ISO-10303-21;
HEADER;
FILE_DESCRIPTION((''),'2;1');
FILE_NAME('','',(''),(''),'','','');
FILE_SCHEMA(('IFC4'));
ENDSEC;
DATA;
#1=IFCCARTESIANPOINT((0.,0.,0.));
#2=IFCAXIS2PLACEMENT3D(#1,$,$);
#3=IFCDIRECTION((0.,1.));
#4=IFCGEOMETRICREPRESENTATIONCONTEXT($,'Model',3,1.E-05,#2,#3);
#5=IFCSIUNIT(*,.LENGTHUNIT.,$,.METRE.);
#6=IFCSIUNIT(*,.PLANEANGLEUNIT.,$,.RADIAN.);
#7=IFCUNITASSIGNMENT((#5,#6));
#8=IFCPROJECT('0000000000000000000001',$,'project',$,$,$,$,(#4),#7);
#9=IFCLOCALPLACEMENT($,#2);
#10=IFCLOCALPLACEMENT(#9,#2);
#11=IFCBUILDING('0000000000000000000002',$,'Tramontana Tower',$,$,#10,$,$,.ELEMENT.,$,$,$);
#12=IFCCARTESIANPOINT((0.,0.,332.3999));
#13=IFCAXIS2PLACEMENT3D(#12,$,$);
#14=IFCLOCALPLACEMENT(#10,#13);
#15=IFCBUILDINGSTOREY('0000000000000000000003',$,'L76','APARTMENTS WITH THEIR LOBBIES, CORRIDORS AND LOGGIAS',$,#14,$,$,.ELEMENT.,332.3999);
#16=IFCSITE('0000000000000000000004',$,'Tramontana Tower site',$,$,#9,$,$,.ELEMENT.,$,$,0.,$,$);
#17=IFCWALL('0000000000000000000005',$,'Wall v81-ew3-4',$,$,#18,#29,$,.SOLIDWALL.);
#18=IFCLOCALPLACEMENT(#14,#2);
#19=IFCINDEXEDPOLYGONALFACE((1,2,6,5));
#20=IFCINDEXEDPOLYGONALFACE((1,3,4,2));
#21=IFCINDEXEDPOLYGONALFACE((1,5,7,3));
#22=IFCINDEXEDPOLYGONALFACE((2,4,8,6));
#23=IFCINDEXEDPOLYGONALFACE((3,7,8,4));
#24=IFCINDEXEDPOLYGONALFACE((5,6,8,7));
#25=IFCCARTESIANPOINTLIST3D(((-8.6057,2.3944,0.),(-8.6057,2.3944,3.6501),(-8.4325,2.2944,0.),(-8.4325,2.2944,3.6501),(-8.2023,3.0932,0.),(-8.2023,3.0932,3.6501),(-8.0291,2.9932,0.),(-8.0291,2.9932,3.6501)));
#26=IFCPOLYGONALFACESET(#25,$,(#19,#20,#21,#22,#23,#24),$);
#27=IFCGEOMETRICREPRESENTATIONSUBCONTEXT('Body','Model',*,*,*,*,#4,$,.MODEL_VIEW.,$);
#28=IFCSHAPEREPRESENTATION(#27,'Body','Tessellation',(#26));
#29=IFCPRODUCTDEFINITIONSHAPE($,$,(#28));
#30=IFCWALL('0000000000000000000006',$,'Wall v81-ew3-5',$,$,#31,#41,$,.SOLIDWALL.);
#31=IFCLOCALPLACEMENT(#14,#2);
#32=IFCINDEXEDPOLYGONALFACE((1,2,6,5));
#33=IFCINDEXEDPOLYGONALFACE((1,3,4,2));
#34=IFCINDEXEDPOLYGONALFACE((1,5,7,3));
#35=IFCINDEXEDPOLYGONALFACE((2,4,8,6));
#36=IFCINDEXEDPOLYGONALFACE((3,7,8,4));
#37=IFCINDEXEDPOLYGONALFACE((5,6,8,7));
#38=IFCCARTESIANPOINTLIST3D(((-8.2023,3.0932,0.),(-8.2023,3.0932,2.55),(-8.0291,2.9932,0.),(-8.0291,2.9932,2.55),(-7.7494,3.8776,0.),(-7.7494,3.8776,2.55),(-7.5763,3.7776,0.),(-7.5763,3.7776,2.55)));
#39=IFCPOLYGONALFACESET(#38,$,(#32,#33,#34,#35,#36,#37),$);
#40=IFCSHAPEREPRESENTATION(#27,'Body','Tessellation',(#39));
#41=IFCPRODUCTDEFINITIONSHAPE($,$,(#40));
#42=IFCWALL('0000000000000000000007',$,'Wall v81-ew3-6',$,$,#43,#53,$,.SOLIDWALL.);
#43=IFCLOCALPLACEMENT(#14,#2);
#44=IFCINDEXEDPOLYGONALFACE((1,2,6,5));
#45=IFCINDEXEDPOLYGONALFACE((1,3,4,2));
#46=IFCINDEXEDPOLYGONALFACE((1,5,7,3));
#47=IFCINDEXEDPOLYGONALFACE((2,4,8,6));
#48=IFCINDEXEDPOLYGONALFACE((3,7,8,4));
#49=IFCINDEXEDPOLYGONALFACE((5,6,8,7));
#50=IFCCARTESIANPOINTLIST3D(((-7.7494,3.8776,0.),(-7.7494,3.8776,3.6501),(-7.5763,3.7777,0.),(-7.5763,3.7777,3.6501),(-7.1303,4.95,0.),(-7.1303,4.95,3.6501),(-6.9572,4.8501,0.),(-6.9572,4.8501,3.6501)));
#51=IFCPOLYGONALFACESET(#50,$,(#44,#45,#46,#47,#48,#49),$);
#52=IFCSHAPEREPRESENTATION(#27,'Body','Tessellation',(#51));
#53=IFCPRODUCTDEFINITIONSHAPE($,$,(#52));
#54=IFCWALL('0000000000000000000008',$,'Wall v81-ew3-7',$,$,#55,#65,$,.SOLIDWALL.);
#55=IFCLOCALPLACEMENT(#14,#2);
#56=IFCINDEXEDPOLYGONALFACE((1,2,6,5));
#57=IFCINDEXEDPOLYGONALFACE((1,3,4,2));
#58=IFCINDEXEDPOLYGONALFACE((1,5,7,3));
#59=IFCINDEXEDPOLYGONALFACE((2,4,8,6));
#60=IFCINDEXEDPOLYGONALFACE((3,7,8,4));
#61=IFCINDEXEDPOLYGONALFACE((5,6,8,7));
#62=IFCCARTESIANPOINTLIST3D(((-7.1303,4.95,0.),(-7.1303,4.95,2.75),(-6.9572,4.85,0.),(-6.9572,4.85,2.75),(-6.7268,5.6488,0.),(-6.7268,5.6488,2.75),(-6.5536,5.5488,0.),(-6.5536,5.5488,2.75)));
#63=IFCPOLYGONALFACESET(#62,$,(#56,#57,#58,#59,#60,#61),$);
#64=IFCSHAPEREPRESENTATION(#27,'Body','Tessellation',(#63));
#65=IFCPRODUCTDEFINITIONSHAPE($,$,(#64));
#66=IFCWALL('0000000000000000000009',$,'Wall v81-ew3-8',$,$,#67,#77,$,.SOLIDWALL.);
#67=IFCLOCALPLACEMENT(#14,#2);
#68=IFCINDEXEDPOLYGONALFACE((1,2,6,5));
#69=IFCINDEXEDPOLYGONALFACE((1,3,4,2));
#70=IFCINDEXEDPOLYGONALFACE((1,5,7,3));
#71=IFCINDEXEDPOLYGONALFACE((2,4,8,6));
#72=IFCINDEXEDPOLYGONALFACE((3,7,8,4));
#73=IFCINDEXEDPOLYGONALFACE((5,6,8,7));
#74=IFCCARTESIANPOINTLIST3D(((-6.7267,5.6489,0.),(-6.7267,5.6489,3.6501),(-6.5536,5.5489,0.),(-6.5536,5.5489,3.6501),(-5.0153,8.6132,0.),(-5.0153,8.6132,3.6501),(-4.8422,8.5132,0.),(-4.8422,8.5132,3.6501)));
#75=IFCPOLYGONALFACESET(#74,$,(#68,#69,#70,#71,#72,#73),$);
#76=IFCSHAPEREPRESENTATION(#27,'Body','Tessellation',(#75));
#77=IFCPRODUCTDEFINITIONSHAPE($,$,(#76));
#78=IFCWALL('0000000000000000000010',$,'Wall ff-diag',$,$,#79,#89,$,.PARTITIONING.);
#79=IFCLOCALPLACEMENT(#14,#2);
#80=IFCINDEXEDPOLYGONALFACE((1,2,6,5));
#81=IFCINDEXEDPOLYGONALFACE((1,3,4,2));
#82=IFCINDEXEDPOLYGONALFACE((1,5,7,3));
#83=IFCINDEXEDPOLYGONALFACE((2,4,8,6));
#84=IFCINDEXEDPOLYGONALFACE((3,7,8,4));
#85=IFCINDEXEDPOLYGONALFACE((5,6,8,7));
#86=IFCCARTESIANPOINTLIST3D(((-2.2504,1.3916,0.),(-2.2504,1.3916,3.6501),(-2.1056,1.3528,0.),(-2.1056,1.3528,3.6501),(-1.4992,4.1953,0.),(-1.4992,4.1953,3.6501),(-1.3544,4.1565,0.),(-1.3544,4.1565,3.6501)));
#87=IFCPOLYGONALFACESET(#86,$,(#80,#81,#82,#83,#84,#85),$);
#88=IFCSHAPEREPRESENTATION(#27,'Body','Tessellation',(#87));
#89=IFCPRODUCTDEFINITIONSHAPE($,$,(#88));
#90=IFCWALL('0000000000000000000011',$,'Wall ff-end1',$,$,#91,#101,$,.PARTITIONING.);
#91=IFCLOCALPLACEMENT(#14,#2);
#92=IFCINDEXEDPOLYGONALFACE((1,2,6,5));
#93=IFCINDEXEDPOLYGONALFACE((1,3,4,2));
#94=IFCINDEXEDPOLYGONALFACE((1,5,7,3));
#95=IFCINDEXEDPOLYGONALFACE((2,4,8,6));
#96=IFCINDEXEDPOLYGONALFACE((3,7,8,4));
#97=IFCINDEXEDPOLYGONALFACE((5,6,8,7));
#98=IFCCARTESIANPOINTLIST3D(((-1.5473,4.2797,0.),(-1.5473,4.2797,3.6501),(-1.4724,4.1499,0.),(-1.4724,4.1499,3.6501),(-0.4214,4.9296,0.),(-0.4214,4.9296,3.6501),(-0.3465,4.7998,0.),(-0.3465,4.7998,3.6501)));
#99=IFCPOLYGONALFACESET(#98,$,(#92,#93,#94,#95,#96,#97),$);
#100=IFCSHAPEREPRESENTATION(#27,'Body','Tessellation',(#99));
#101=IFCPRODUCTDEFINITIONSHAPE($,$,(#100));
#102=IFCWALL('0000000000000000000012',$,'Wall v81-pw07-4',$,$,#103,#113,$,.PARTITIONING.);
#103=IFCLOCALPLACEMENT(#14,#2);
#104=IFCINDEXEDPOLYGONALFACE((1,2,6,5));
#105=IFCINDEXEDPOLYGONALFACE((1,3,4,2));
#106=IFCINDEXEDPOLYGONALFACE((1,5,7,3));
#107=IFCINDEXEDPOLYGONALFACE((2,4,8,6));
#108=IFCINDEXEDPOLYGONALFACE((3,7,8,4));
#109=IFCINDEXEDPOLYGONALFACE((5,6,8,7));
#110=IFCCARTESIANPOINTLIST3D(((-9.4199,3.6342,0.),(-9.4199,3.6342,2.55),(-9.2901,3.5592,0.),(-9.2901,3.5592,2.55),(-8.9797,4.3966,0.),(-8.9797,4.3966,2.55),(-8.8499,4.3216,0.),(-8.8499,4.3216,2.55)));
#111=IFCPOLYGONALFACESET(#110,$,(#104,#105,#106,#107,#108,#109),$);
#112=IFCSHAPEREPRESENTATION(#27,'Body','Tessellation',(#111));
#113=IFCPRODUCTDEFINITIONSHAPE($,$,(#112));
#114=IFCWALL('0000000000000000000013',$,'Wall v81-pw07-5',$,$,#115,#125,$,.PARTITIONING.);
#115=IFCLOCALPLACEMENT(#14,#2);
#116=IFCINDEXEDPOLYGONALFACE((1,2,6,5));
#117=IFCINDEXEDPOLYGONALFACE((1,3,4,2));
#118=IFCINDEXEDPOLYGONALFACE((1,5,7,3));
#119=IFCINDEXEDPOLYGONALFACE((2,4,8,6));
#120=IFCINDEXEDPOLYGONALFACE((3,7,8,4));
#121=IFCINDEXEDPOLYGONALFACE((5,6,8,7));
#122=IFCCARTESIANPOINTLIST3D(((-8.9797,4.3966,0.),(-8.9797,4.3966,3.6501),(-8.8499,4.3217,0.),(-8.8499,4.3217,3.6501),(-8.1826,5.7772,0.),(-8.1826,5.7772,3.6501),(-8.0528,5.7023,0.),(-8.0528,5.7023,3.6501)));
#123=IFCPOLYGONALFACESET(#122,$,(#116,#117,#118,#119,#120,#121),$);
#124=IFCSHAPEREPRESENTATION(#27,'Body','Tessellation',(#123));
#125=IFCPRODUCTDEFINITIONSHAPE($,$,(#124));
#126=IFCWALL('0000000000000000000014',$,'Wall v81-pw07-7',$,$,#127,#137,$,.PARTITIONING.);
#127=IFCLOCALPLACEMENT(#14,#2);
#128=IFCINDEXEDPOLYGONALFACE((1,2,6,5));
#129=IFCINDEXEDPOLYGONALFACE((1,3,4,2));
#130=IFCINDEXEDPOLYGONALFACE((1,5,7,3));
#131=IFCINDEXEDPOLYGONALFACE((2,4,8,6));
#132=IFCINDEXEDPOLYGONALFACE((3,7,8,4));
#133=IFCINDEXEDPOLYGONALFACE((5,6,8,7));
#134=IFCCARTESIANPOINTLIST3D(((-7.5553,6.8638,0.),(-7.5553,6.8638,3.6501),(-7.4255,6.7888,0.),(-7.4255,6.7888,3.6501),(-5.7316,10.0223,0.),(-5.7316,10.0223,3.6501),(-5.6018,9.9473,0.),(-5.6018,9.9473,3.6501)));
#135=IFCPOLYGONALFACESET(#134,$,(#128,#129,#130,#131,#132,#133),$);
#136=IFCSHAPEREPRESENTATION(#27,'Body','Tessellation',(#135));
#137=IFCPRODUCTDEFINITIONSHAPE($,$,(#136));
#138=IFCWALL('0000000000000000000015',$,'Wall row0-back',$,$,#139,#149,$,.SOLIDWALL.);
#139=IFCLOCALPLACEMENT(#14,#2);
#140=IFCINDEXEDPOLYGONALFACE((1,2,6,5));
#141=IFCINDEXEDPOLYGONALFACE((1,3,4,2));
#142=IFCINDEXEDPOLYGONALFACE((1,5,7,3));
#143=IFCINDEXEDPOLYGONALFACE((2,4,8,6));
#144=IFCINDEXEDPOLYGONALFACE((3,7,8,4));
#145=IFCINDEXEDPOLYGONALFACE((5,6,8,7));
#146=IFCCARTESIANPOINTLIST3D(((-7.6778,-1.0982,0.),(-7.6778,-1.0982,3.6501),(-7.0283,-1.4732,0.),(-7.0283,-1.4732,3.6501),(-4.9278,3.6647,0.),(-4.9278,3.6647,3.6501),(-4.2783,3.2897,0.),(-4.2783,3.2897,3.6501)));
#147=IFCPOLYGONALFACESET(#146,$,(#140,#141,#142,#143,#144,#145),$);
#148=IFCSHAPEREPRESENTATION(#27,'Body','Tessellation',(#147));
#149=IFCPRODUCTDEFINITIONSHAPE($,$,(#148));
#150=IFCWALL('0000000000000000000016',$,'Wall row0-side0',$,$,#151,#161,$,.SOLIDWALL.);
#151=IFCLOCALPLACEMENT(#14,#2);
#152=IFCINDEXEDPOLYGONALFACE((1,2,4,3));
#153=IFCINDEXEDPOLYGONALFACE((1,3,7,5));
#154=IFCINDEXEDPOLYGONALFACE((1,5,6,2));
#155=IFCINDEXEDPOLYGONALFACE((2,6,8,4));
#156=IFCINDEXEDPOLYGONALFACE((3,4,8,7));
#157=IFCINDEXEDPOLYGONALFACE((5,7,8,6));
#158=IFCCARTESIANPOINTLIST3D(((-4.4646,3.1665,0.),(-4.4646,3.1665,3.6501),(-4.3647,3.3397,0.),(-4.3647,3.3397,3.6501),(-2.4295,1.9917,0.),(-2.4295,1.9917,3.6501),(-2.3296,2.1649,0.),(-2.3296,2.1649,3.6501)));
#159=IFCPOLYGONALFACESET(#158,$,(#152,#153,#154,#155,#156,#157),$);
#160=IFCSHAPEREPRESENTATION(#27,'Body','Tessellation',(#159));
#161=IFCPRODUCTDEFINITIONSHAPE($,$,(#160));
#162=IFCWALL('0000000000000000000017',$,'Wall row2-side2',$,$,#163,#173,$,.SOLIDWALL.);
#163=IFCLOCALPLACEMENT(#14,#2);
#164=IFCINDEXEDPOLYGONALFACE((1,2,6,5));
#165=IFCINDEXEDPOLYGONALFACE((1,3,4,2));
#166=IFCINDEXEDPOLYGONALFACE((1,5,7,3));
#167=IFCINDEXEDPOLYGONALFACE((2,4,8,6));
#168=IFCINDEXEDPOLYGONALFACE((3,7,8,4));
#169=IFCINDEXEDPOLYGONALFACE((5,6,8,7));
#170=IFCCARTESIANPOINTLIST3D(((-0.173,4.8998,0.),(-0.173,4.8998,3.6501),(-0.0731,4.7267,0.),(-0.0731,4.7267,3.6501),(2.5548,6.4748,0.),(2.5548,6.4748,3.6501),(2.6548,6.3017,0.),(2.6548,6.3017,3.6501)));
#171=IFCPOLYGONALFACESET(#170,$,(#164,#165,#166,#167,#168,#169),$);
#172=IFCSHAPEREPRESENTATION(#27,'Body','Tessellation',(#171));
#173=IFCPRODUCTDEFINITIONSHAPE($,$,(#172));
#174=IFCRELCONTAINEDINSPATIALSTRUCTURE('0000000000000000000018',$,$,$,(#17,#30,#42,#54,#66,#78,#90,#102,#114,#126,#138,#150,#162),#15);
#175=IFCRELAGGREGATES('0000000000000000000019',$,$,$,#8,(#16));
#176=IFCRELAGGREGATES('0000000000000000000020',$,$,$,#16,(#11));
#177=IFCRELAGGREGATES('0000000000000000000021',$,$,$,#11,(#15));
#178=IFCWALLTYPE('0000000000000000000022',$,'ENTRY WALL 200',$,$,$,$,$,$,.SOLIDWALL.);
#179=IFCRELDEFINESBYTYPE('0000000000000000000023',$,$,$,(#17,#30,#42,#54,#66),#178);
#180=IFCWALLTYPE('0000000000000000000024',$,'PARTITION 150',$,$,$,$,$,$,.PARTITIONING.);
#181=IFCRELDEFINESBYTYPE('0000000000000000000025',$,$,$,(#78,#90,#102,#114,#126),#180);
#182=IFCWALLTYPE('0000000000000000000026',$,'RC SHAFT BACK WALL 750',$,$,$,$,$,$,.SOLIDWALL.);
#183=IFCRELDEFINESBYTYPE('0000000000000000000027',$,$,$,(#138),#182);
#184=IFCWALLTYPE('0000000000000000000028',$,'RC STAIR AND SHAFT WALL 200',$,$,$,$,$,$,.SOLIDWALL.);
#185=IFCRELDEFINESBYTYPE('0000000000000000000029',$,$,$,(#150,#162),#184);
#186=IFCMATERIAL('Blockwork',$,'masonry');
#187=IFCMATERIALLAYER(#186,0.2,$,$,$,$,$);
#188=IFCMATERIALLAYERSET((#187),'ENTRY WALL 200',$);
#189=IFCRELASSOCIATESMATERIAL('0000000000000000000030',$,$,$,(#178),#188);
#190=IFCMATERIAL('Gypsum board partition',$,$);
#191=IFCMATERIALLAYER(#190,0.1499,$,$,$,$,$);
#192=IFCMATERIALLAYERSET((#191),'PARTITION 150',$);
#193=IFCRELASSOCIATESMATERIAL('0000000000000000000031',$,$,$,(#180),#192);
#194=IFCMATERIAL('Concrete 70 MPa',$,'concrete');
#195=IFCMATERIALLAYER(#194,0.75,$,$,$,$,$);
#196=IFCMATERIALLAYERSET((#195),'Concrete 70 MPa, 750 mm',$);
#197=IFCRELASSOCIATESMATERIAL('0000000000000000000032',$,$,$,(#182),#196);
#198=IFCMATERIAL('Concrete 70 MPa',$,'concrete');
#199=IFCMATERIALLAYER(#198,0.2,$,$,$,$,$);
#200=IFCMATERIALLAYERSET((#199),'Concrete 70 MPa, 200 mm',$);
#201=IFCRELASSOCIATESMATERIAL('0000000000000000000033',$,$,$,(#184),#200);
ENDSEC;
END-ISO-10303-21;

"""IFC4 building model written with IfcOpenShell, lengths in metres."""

from ifc_helpers import new_model, si_unit, direction, frame, frame_2d, origin, place, context, subcontext, project, spatial, rectangle, extrude, material, layer, layer_set, type_object, element, save


model = new_model("IFC4")

# Units and contexts
model_context = context("Model", 3, precision=1e-05, world=origin(), true_north=direction((0.0, 1.0)))
body_context = subcontext(model_context, "Body", "Model", "MODEL_VIEW")
ifc_project = project(units=[si_unit("LENGTHUNIT", "METRE"), si_unit("PLANEANGLEUNIT", "RADIAN")], contexts=[model_context])

# Site, building, storey
site_placement = place(None, origin())
site = spatial("IfcSite", under=ifc_project, at=site_placement, Name="Tramontana Tower site", CompositionType="ELEMENT", RefElevation=0.0)
building_placement = place(site_placement, origin())
building = spatial("IfcBuilding", under=site, at=building_placement, Name="Tramontana Tower", CompositionType="ELEMENT")
storey_placement = place(building_placement, frame((0.0, 0.0, 332.3999)))
storey = spatial("IfcBuildingStorey", under=building, at=storey_placement, Name="L76", Description="APARTMENTS WITH THEIR LOBBIES, CORRIDORS AND LOGGIAS", CompositionType="ELEMENT", Elevation=332.3999)

# Shared definitions
ifc_material_1 = material(Name="Blockwork", Category="masonry")
ifc_layer_1 = layer(ifc_material_1, 0.2)
ifc_layer_set_1 = layer_set([ifc_layer_1], Name="ENTRY WALL 200")
wall_type_1 = type_object("IfcWallType", Name="ENTRY WALL 200", PredefinedType="SOLIDWALL", material=ifc_layer_set_1)

# Walls
wall_1_placement = place(storey_placement, frame((-8.519, 2.3445, 0.0), z_axis=(0.0, 0.0, 1.0), x_axis=(0.499915, 0.866075, 0.0)))
element("IfcWall", 1, at=wall_1_placement, inside=storey, type_object=wall_type_1, Name="Wall v81-ew3-4", PredefinedType="SOLIDWALL", context=body_context, shape_type="SweptSolid", body=[
    extrude(rectangle(XDim=0.8069, YDim=0.2, at=frame_2d((0.4033, 0.0))), origin(), (0.0, 0.0, 1.0), 3.6501),
])
wall_2_placement = place(storey_placement, frame((-8.1157, 3.0432, 0.0), z_axis=(0.0, 0.0, 1.0), x_axis=(0.499995, 0.866028, 0.0)))
element("IfcWall", 2, at=wall_2_placement, inside=storey, type_object=wall_type_1, Name="Wall v81-ew3-5", PredefinedType="SOLIDWALL", context=body_context, shape_type="SweptSolid", body=[
    extrude(rectangle(XDim=0.9058, YDim=0.2, at=frame_2d((0.4529, 0.0))), origin(), (0.0, 0.0, 1.0), 2.55),
])
wall_3_placement = place(storey_placement, frame((-7.6628, 3.8276, 0.0), z_axis=(0.0, 0.0, 1.0), x_axis=(0.499956, 0.866051, 0.0)))
element("IfcWall", 3, at=wall_3_placement, inside=storey, type_object=wall_type_1, Name="Wall v81-ew3-6", PredefinedType="SOLIDWALL", context=body_context, shape_type="SweptSolid", body=[
    extrude(rectangle(XDim=1.2383, YDim=0.2, at=frame_2d((0.6191, 0.0))), origin(), (0.0, 0.0, 1.0), 3.6501),
])
wall_4_placement = place(storey_placement, frame((-7.0437, 4.9001, 0.0), z_axis=(0.0, 0.0, 1.0), x_axis=(0.500141, 0.865944, 0.0)))
element("IfcWall", 4, at=wall_4_placement, inside=storey, type_object=wall_type_1, Name="Wall v81-ew3-7", PredefinedType="SOLIDWALL", context=body_context, shape_type="SweptSolid", body=[
    extrude(rectangle(XDim=0.8069, YDim=0.2, at=frame_2d((0.4033, 0.0))), origin(), (0.0, 0.0, 1.0), 2.75),
])
wall_5_placement = place(storey_placement, frame((-6.6401, 5.5989, 0.0), z_axis=(0.0, 0.0, 1.0), x_axis=(0.49999, 0.866031, 0.0)))
element("IfcWall", 5, at=wall_5_placement, inside=storey, type_object=wall_type_1, Name="Wall v81-ew3-8", PredefinedType="SOLIDWALL", context=body_context, shape_type="SweptSolid", body=[
    extrude(rectangle(XDim=3.4229, YDim=0.2, at=frame_2d((1.7114, 0.0))), origin(), (0.0, 0.0, 1.0), 3.6501),
])
ifc_material_2 = material(Name="Gypsum board partition")
ifc_layer_2 = layer(ifc_material_2, 0.1499)
ifc_layer_set_2 = layer_set([ifc_layer_2], Name="PARTITION 150")
wall_type_2 = type_object("IfcWallType", Name="PARTITION 150", PredefinedType="PARTITIONING", material=ifc_layer_set_2)
wall_6_placement = place(storey_placement, frame((-2.178, 1.3723, 0.0), z_axis=(0.0, 0.0, 1.0), x_axis=(0.258809, 0.965929, 0.0)))
element("IfcWall", 6, at=wall_6_placement, inside=storey, type_object=wall_type_2, Name="Wall ff-diag", PredefinedType="PARTITIONING", context=body_context, shape_type="SweptSolid", body=[
    extrude(rectangle(XDim=2.9026, YDim=0.1499, at=frame_2d((1.4512, 0.0))), origin(), (0.0, 0.0, 1.0), 3.6501),
])
wall_7_placement = place(storey_placement, frame((-1.5098, 4.2148, 0.0), z_axis=(0.0, 0.0, 1.0), x_axis=(0.866086, 0.499896, 0.0)))
element("IfcWall", 7, at=wall_7_placement, inside=storey, type_object=wall_type_2, Name="Wall ff-end1", PredefinedType="PARTITIONING", context=body_context, shape_type="SweptSolid", body=[
    extrude(rectangle(XDim=1.3, YDim=0.1499, at=frame_2d((0.6499, 0.0))), origin(), (0.0, 0.0, 1.0), 3.6501),
])
wall_8_placement = place(storey_placement, frame((-9.355, 3.5967, 0.0), z_axis=(0.0, 0.0, 1.0), x_axis=(0.499987, 0.866033, 0.0)))
element("IfcWall", 8, at=wall_8_placement, inside=storey, type_object=wall_type_2, Name="Wall v81-pw07-4", PredefinedType="PARTITIONING", context=body_context, shape_type="SweptSolid", body=[
    extrude(rectangle(XDim=0.8804, YDim=0.1499, at=frame_2d((0.4402, 0.0))), origin(), (0.0, 0.0, 1.0), 2.55),
])
wall_9_placement = place(storey_placement, frame((-8.9148, 4.3591, 0.0), z_axis=(0.0, 0.0, 1.0), x_axis=(0.50001, 0.86602, 0.0)))
element("IfcWall", 9, at=wall_9_placement, inside=storey, type_object=wall_type_2, Name="Wall v81-pw07-5", PredefinedType="PARTITIONING", context=body_context, shape_type="SweptSolid", body=[
    extrude(rectangle(XDim=1.5942, YDim=0.1499, at=frame_2d((0.7971, 0.0))), origin(), (0.0, 0.0, 1.0), 3.6501),
])

# Walls
wall_10_placement = place(storey_placement, frame((-7.4905, 6.8262, 0.0), z_axis=(0.0, 0.0, 1.0), x_axis=(0.500041, 0.866002, 0.0)))
element("IfcWall", 10, at=wall_10_placement, inside=storey, type_object=wall_type_2, Name="Wall v81-pw07-7", PredefinedType="PARTITIONING", context=body_context, shape_type="SweptSolid", body=[
    extrude(rectangle(XDim=3.6472, YDim=0.1499, at=frame_2d((1.8237, 0.0))), origin(), (0.0, 0.0, 1.0), 3.6501),
])
ifc_material_3 = material(Name="Concrete 70 MPa", Category="concrete")
ifc_layer_3 = layer(ifc_material_3, 0.75)
ifc_layer_set_3 = layer_set([ifc_layer_3], Name="Concrete 70 MPa, 750 mm")
wall_type_3 = type_object("IfcWallType", Name="RC SHAFT BACK WALL 750", PredefinedType="SOLIDWALL", material=ifc_layer_set_3)
wall_11_placement = place(storey_placement, frame((-4.603, 3.4773, 0.0), z_axis=(0.0, 0.0, 1.0), x_axis=(-0.500016, -0.866016, 0.0)))
element("IfcWall", 11, at=wall_11_placement, inside=storey, type_object=wall_type_3, Name="Wall row0-back", PredefinedType="SOLIDWALL", context=body_context, shape_type="SweptSolid", body=[
    extrude(rectangle(XDim=5.4998, YDim=0.75, at=frame_2d((2.75, 0.0))), origin(), (0.0, 0.0, 1.0), 3.6501),
])

# Shared definitions
ifc_material_4 = material(Name="Concrete 70 MPa", Category="concrete")
ifc_layer_4 = layer(ifc_material_4, 0.2)
ifc_layer_set_4 = layer_set([ifc_layer_4], Name="Concrete 70 MPa, 200 mm")
wall_type_4 = type_object("IfcWallType", Name="RC STAIR AND SHAFT WALL 200", PredefinedType="SOLIDWALL", material=ifc_layer_set_4)

# Walls
wall_12_placement = place(storey_placement, frame((-2.3796, 2.0784, 0.0), z_axis=(0.0, 0.0, 1.0), x_axis=(-0.866061, 0.499938, 0.0)))
element("IfcWall", 12, at=wall_12_placement, inside=storey, type_object=wall_type_4, Name="Wall row0-side0", PredefinedType="SOLIDWALL", context=body_context, shape_type="SweptSolid", body=[
    extrude(rectangle(XDim=2.3499, YDim=0.2, at=frame_2d((1.1748, 0.0))), origin(), (0.0, 0.0, 1.0), 3.6501),
])
wall_13_placement = place(storey_placement, frame((-0.123, 4.8132, 0.0), z_axis=(0.0, 0.0, 1.0), x_axis=(0.866016, 0.500015, 0.0)))
element("IfcWall", 13, at=wall_13_placement, inside=storey, type_object=wall_type_4, Name="Wall row2-side2", PredefinedType="SOLIDWALL", context=body_context, shape_type="SweptSolid", body=[
    extrude(rectangle(XDim=3.1499, YDim=0.2, at=frame_2d((1.575, 0.0))), origin(), (0.0, 0.0, 1.0), 3.6501),
])

save(model, "model.ifc")
